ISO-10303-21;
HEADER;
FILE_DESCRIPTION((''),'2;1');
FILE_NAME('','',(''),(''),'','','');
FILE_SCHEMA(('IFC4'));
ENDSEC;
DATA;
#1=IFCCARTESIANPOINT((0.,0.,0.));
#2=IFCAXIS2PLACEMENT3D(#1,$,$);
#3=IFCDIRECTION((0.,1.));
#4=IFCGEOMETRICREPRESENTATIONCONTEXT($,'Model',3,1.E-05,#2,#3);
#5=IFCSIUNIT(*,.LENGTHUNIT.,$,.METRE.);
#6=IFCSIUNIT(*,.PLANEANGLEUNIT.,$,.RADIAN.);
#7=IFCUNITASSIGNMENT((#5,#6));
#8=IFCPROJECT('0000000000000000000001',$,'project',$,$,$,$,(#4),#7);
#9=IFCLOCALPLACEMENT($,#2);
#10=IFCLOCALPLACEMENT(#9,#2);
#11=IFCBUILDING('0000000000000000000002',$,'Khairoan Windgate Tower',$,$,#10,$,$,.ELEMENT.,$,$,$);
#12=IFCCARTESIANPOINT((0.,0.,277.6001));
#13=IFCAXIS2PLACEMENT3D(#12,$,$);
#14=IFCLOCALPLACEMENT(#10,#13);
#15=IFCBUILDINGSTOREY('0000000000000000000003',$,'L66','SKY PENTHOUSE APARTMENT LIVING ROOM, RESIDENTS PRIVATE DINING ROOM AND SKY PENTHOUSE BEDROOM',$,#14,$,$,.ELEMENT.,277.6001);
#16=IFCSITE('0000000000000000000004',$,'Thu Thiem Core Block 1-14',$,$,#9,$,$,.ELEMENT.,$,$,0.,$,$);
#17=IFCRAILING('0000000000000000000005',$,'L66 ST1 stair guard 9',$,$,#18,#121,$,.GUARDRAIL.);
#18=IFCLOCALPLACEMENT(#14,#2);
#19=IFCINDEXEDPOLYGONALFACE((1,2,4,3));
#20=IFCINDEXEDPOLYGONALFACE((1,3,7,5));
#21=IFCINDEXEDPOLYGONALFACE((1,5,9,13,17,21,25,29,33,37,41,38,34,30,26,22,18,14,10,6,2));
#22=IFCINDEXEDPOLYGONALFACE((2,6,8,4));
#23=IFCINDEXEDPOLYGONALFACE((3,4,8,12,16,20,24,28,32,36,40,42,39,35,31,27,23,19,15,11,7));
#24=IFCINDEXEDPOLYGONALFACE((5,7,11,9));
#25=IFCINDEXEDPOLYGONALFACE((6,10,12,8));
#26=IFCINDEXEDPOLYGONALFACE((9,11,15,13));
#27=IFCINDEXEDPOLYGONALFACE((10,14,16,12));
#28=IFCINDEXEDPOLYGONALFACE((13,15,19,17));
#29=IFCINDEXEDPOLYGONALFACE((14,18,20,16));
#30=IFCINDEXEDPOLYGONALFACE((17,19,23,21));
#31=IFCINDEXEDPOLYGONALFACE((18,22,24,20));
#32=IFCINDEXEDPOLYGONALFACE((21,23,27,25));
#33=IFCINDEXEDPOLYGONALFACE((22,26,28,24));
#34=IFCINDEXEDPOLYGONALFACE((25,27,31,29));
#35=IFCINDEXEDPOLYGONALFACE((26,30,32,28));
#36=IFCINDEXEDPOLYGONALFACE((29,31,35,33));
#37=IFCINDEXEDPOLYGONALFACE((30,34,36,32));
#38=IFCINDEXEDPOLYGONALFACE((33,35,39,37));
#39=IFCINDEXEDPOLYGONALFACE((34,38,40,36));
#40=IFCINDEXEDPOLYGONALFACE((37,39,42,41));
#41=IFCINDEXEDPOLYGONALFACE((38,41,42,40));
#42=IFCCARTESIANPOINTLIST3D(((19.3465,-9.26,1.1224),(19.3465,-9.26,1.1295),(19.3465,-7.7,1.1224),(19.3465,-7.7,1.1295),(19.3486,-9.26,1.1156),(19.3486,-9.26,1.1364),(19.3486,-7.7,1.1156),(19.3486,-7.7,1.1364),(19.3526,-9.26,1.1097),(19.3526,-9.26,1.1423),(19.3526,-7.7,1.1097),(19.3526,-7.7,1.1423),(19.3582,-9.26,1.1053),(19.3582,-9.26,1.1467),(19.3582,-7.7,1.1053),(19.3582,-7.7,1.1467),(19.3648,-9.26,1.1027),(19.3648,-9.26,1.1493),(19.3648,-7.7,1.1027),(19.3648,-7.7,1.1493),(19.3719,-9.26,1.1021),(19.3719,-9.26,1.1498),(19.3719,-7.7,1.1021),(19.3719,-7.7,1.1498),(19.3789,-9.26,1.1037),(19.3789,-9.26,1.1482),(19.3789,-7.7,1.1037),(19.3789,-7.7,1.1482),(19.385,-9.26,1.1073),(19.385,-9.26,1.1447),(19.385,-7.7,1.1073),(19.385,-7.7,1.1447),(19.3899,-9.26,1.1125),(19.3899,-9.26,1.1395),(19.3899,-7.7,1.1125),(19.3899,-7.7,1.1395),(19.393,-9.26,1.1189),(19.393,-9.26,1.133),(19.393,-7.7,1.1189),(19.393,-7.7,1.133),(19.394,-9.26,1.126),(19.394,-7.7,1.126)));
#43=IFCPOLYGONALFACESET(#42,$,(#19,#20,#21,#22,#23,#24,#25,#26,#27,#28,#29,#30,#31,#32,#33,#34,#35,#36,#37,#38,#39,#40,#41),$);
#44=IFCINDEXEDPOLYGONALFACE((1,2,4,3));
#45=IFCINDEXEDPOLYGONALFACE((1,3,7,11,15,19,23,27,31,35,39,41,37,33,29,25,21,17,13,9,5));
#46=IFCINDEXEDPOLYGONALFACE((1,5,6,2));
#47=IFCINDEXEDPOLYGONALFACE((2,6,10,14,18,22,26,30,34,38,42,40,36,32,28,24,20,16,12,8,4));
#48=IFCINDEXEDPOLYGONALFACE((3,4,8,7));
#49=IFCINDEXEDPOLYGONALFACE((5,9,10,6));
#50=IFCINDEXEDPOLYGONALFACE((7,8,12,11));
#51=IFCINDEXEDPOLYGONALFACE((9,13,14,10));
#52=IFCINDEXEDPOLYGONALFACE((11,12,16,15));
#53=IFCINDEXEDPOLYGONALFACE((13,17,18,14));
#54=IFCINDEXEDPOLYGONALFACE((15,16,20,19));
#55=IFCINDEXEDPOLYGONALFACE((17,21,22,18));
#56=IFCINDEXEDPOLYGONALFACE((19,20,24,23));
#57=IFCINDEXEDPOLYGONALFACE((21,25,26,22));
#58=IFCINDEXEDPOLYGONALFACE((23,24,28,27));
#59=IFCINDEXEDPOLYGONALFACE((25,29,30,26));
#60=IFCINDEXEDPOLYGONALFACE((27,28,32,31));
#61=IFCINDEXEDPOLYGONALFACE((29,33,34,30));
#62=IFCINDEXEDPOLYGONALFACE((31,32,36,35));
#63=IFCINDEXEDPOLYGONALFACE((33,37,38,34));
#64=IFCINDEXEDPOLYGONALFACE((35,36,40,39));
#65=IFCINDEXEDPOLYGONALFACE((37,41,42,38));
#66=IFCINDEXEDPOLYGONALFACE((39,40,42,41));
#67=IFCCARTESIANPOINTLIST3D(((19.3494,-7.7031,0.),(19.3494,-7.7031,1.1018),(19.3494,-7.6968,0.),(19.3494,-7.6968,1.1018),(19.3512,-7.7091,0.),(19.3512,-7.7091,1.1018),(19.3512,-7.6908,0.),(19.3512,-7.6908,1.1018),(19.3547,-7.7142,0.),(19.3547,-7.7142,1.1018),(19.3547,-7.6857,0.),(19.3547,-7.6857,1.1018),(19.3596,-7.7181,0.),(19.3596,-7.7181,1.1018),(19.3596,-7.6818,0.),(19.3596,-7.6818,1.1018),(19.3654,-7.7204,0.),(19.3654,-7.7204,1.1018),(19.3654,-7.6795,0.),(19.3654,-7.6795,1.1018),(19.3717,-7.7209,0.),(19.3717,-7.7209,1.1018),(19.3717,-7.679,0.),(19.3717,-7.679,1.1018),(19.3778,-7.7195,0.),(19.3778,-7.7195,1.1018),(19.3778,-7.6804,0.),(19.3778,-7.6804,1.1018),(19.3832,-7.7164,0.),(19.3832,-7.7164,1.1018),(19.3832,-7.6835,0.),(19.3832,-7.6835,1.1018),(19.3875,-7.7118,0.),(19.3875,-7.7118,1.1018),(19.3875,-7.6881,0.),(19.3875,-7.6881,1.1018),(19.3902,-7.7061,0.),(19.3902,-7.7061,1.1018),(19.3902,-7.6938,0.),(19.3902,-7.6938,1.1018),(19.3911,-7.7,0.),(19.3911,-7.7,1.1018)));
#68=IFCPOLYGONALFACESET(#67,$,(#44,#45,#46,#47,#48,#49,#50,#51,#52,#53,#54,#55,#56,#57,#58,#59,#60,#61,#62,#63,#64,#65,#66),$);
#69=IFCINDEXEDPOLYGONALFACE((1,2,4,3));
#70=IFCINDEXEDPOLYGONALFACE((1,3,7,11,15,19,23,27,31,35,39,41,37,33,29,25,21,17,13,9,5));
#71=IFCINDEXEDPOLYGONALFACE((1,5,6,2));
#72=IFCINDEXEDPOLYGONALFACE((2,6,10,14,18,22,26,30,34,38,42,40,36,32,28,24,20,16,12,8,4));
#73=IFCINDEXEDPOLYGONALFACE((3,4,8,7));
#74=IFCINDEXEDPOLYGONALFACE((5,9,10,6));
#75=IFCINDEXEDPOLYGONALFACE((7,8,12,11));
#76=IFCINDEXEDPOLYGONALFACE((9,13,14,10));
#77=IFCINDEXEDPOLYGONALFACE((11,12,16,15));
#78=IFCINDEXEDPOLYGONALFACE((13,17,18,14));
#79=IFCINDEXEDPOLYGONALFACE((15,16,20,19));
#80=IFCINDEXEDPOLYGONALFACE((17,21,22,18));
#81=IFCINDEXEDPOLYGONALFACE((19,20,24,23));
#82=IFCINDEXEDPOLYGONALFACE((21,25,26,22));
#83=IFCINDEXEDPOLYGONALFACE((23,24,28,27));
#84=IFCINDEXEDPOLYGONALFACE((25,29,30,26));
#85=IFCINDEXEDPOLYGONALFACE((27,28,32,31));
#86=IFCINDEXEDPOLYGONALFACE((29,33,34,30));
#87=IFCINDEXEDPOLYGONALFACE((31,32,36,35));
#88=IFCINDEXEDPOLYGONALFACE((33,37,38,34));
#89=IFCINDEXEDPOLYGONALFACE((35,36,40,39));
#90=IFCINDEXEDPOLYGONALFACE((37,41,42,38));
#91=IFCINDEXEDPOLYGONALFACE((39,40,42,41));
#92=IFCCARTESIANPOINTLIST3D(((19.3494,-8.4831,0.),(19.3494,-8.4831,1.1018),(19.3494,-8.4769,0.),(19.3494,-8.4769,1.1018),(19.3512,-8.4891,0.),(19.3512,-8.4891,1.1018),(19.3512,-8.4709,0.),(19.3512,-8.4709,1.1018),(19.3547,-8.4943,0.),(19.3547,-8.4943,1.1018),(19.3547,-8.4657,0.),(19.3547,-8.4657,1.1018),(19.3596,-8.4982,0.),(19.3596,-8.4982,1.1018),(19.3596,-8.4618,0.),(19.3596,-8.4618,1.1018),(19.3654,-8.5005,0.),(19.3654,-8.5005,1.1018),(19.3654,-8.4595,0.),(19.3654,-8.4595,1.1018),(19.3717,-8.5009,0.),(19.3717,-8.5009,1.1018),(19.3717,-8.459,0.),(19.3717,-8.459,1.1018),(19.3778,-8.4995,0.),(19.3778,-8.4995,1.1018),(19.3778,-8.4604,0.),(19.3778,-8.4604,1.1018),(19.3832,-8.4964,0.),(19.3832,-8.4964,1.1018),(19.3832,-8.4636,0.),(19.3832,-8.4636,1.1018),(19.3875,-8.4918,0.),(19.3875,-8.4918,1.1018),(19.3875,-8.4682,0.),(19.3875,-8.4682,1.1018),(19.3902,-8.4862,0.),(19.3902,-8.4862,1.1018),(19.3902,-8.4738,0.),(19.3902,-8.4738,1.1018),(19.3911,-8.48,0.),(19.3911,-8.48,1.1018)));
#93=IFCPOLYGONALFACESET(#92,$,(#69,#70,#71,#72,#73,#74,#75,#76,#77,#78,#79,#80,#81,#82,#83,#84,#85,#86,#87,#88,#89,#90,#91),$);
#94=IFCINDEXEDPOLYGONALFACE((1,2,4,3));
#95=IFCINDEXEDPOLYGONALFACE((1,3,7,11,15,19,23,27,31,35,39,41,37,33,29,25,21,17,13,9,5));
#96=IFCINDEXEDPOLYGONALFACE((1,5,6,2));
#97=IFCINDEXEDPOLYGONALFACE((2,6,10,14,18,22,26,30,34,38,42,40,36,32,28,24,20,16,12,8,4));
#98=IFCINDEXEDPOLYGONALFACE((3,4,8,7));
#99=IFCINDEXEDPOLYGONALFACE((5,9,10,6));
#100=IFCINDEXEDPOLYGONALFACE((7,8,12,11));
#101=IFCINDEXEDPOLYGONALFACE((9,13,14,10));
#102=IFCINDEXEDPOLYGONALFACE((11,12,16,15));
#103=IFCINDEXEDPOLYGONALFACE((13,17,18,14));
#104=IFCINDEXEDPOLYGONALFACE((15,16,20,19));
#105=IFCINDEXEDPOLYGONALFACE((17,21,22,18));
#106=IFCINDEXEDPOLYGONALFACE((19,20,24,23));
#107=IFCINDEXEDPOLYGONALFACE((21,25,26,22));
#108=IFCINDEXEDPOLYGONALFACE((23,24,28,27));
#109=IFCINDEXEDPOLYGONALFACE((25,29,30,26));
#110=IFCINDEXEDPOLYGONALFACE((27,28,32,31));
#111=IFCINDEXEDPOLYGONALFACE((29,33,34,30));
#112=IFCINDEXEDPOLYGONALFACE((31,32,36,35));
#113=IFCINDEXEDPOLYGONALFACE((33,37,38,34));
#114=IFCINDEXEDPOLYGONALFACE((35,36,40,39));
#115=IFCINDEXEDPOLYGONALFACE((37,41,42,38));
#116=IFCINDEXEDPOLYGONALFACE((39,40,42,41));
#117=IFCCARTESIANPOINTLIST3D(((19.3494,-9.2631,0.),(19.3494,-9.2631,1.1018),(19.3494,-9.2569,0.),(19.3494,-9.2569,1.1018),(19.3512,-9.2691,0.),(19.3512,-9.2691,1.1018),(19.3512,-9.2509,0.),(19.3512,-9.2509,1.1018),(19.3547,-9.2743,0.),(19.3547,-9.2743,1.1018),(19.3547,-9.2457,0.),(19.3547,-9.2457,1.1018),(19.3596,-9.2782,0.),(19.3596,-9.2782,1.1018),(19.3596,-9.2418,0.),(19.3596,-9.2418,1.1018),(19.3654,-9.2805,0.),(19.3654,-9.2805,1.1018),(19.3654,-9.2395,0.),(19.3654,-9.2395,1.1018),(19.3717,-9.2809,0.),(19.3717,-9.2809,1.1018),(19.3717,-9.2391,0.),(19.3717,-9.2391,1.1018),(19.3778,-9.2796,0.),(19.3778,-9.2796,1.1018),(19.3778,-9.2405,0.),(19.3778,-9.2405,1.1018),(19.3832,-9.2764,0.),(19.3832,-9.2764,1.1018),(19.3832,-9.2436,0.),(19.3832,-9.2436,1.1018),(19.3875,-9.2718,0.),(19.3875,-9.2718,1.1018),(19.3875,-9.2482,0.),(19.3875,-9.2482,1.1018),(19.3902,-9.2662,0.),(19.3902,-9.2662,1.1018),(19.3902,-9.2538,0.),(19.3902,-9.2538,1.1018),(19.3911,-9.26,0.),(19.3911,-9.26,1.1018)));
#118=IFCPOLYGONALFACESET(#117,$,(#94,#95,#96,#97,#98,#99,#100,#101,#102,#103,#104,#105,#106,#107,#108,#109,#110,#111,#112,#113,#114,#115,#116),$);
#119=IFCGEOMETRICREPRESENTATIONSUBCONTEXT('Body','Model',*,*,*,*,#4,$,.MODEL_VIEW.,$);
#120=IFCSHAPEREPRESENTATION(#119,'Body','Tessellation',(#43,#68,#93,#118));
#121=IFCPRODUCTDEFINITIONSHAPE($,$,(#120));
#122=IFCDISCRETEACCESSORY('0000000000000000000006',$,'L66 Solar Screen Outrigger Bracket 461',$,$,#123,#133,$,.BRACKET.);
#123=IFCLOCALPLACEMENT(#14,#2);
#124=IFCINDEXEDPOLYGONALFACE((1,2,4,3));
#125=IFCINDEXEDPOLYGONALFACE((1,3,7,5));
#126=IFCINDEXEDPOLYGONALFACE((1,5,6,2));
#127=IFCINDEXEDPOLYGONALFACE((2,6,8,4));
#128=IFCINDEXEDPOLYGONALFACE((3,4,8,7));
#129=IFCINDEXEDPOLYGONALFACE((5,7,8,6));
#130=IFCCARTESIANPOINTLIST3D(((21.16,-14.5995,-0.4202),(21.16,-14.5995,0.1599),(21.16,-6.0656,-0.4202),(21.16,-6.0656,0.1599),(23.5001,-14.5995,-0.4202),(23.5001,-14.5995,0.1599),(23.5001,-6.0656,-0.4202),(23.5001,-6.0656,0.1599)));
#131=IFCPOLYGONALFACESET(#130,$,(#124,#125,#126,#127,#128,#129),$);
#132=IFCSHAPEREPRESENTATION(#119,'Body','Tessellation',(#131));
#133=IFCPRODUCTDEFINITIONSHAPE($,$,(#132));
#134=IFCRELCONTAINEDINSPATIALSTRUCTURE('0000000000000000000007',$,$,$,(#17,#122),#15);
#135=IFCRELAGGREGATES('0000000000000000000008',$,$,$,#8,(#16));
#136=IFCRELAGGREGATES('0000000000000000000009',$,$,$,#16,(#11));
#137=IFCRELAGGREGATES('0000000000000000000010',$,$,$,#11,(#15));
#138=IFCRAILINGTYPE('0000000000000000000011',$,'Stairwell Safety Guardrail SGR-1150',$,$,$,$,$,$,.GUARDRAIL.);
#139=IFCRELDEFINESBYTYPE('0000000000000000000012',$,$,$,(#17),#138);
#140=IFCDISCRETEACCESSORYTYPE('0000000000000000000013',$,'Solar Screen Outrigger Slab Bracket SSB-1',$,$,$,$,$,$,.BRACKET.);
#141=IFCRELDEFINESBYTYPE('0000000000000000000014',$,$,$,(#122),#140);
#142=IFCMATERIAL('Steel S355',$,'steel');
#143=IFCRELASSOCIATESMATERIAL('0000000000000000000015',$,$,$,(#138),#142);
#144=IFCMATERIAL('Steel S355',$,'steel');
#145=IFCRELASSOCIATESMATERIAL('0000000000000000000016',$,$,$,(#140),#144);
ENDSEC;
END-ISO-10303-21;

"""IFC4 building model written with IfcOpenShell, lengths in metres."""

from ifc_helpers import new_model, si_unit, direction, frame, origin, origin_2d, place, context, subcontext, project, spatial, rectangle, circle, extrude, material, type_object, element, save


model = new_model("IFC4")

# Units and contexts
model_context = context("Model", 3, precision=1e-05, world=origin(), true_north=direction((0.0, 1.0)))
body_context = subcontext(model_context, "Body", "Model", "MODEL_VIEW")
ifc_project = project(units=[si_unit("LENGTHUNIT", "METRE"), si_unit("PLANEANGLEUNIT", "RADIAN")], contexts=[model_context])

# Site, building, storey
site_placement = place(None, origin())
site = spatial("IfcSite", under=ifc_project, at=site_placement, Name="Thu Thiem Core Block 1-14", CompositionType="ELEMENT", RefElevation=0.0)
building_placement = place(site_placement, origin())
building = spatial("IfcBuilding", under=site, at=building_placement, Name="Khairoan Windgate Tower", CompositionType="ELEMENT")
storey_placement = place(building_placement, frame((0.0, 0.0, 277.6001)))
storey = spatial("IfcBuildingStorey", under=building, at=storey_placement, Name="L66", Description="SKY PENTHOUSE APARTMENT LIVING ROOM, RESIDENTS PRIVATE DINING ROOM AND SKY PENTHOUSE BEDROOM", CompositionType="ELEMENT", Elevation=277.6001)

# Railing
ifc_material_1 = material(Name="Steel S355", Category="steel")
railing_type_1 = type_object("IfcRailingType", Name="Stairwell Safety Guardrail SGR-1150", PredefinedType="GUARDRAIL", material=ifc_material_1)
for number, where, name in (
    (1, (19.3701, -7.7, 0.0), "L66 ST1 stair guard 9"),
):
    element("IfcRailing", number, at=place(storey_placement, frame(where)), inside=storey, type_object=railing_type_1, Name=name, PredefinedType="GUARDRAIL", context=body_context, shape_type="SweptSolid", body=[
        extrude(circle(Radius=0.0239, at=origin_2d()), frame((0.0, 0.0, 1.126), z_axis=(0.0, -1.0, 0.0), x_axis=(1.0, 0.0, 0.0)), (0.0, 0.0, 1.0), 1.5601),
        extrude(circle(Radius=0.021, at=origin_2d()), origin(), (0.0, 0.0, 1.0), 1.1018),
        extrude(circle(Radius=0.021, at=origin_2d()), frame((0.0, -0.78, 0.0)), (0.0, 0.0, 1.0), 1.1018),
        extrude(circle(Radius=0.021, at=origin_2d()), frame((0.0, -1.5601, 0.0)), (0.0, 0.0, 1.0), 1.1018),
    ])

# Discrete accessory
ifc_material_2 = material(Name="Steel S355", Category="steel")
discrete_accessory_type = type_object("IfcDiscreteAccessoryType", Name="Solar Screen Outrigger Slab Bracket SSB-1", PredefinedType="BRACKET", material=ifc_material_2)
discrete_accessory_placement = place(storey_placement, frame((22.3301, -10.3325, -0.4202), z_axis=(0.0, 0.0, 1.0), x_axis=(0.0, -1.0, 0.0)))
element("IfcDiscreteAccessory", 2, at=discrete_accessory_placement, inside=storey, type_object=discrete_accessory_type, Name="L66 Solar Screen Outrigger Bracket 461", PredefinedType="BRACKET", context=body_context, shape_type="SweptSolid", body=[
    extrude(rectangle(XDim=8.5339, YDim=2.3401, at=origin_2d()), origin(), (0.0, 0.0, 1.0), 0.5801),
])

save(model, "model.ifc")
